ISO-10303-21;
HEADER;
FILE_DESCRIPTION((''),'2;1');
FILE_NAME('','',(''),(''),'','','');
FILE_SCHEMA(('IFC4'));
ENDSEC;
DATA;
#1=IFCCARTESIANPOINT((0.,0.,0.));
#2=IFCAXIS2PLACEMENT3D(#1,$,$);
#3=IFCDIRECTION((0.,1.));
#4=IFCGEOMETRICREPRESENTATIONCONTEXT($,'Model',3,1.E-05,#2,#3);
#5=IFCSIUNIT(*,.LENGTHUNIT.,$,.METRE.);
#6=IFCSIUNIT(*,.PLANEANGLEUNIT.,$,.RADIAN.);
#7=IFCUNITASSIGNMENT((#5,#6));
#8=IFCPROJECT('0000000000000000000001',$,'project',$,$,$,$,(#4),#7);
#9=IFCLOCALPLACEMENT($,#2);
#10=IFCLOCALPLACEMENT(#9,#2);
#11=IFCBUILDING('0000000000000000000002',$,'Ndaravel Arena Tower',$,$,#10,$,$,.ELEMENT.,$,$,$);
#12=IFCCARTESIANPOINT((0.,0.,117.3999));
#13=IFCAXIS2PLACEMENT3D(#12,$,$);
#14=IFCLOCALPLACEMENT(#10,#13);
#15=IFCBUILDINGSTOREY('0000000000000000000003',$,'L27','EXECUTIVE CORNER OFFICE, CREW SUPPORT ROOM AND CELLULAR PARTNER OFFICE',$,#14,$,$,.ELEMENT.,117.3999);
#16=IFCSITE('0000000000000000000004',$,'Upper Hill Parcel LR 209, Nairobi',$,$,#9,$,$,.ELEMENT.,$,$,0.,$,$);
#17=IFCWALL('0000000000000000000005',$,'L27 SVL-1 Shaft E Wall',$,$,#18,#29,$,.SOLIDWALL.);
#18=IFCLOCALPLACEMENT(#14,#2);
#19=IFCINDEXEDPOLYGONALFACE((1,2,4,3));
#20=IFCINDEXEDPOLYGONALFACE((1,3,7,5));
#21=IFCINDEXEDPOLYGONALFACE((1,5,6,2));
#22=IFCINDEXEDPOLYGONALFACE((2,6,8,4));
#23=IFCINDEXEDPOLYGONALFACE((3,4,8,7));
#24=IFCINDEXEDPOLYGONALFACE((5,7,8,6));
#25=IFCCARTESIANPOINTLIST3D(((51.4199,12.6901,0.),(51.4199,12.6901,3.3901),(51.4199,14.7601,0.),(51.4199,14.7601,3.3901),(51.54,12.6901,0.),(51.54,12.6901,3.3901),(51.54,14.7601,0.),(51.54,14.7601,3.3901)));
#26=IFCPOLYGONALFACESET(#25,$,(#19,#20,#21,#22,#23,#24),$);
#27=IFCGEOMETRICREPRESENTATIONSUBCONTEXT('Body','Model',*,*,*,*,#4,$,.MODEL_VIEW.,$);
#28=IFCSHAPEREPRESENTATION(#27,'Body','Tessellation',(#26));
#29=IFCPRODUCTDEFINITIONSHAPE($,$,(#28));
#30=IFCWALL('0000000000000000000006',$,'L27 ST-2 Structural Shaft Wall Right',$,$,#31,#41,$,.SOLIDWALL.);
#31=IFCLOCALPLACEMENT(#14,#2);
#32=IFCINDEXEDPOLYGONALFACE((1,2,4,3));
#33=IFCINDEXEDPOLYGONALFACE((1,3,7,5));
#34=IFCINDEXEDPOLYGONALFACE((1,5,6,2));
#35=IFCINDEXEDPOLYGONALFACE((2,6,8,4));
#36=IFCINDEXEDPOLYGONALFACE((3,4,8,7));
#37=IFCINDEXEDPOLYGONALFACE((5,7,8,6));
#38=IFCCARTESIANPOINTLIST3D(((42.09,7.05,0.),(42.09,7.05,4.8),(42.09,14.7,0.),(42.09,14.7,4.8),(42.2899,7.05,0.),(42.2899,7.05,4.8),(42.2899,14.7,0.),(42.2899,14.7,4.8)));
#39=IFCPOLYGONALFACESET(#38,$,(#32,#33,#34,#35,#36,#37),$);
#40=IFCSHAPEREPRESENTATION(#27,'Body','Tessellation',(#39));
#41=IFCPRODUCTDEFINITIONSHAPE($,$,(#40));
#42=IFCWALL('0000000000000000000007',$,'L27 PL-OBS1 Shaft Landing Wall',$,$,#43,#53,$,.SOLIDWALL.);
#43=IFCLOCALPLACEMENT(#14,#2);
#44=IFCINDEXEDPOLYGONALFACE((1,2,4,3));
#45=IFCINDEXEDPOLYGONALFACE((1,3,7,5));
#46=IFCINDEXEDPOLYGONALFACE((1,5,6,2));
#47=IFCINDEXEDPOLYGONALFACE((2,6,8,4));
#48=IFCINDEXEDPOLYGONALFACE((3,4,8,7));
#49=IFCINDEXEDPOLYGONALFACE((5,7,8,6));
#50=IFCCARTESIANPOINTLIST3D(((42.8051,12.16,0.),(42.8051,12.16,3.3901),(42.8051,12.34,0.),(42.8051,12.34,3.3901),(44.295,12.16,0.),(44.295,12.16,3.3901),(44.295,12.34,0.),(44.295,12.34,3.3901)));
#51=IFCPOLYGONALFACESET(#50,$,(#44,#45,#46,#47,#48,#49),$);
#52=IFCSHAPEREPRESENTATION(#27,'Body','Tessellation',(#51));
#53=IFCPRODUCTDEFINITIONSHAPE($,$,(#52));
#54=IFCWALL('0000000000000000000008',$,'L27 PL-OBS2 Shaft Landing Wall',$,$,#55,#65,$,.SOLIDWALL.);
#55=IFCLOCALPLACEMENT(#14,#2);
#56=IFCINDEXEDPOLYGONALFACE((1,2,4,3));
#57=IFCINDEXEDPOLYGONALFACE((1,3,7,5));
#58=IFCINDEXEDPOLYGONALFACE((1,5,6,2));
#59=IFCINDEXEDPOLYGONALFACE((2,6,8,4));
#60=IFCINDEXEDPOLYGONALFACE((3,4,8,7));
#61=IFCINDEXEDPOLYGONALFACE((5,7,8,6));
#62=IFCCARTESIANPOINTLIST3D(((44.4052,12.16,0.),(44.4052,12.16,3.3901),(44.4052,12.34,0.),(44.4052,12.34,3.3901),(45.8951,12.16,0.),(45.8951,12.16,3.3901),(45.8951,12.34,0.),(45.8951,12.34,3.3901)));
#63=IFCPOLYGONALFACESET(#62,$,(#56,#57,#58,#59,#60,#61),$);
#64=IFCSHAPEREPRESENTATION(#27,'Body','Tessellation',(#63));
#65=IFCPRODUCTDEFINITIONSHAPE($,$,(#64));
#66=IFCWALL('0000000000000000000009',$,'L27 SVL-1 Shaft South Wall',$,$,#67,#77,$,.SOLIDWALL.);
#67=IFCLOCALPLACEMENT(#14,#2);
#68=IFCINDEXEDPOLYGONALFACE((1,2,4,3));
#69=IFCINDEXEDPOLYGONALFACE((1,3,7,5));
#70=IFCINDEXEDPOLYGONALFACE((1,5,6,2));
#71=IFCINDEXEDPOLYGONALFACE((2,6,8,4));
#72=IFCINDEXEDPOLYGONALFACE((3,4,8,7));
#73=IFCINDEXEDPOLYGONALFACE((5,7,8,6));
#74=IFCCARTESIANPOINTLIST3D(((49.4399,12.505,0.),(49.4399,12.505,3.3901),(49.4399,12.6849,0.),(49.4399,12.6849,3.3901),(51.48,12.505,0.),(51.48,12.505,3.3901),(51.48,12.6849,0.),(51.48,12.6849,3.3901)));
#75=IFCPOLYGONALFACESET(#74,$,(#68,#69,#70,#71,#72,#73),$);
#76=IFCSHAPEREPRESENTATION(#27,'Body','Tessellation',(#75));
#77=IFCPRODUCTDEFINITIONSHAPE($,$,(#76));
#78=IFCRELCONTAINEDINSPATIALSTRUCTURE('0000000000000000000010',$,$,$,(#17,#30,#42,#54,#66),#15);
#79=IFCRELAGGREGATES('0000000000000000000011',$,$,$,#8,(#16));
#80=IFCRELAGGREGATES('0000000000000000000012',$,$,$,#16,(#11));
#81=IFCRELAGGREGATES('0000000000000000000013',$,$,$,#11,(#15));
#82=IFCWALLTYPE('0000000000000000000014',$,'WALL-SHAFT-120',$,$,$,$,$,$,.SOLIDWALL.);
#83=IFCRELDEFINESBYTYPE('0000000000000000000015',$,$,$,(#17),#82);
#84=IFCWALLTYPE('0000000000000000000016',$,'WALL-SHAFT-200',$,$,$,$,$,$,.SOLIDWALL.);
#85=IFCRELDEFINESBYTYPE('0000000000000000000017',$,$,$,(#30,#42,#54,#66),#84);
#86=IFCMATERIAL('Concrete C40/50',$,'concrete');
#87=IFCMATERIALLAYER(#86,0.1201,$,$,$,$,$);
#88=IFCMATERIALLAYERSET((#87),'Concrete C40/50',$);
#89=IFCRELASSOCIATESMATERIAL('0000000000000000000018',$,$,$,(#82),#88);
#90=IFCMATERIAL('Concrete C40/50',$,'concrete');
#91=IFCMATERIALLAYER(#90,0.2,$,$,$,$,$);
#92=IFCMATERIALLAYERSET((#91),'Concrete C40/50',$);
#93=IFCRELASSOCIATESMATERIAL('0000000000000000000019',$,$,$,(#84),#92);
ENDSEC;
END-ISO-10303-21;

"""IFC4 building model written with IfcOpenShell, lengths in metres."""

from ifc_helpers import new_model, si_unit, direction, frame, frame_2d, origin, place, context, subcontext, project, spatial, rectangle, extrude, material, layer, layer_set, type_object, element, save


model = new_model("IFC4")

# Units and contexts
model_context = context("Model", 3, precision=1e-05, world=origin(), true_north=direction((0.0, 1.0)))
body_context = subcontext(model_context, "Body", "Model", "MODEL_VIEW")
ifc_project = project(units=[si_unit("LENGTHUNIT", "METRE"), si_unit("PLANEANGLEUNIT", "RADIAN")], contexts=[model_context])

# Site, building, storey
site_placement = place(None, origin())
site = spatial("IfcSite", under=ifc_project, at=site_placement, Name="Upper Hill Parcel LR 209, Nairobi", CompositionType="ELEMENT", RefElevation=0.0)
building_placement = place(site_placement, origin())
building = spatial("IfcBuilding", under=site, at=building_placement, Name="Ndaravel Arena Tower", CompositionType="ELEMENT")
storey_placement = place(building_placement, frame((0.0, 0.0, 117.3999)))
storey = spatial("IfcBuildingStorey", under=building, at=storey_placement, Name="L27", Description="EXECUTIVE CORNER OFFICE, CREW SUPPORT ROOM AND CELLULAR PARTNER OFFICE", CompositionType="ELEMENT", Elevation=117.3999)

# Walls
ifc_material_1 = material(Name="Concrete C40/50", Category="concrete")
ifc_layer_1 = layer(ifc_material_1, 0.1201)
ifc_layer_set_1 = layer_set([ifc_layer_1], Name="Concrete C40/50")
wall_type_1 = type_object("IfcWallType", Name="WALL-SHAFT-120", PredefinedType="SOLIDWALL", material=ifc_layer_set_1)
for number, where, z_axis, x_axis, name in (
    (1, (51.48, 12.6899, 0.0), (0.0, 0.0, 1.0), (0.0, 1.0, 0.0), "L27 SVL-1 Shaft E Wall"),
):
    element("IfcWall", number, at=place(storey_placement, frame(where, z_axis=z_axis, x_axis=x_axis)), inside=storey, type_object=wall_type_1, Name=name, PredefinedType="SOLIDWALL", context=body_context, shape_type="SweptSolid", body=[
        extrude(rectangle(XDim=2.0701, YDim=0.1201, at=frame_2d((1.0352, 0.0))), origin(), (0.0, 0.0, 1.0), 3.3901),
    ])
ifc_material_2 = material(Name="Concrete C40/50", Category="concrete")
ifc_layer_2 = layer(ifc_material_2, 0.2)
ifc_layer_set_2 = layer_set([ifc_layer_2], Name="Concrete C40/50")
wall_type_2 = type_object("IfcWallType", Name="WALL-SHAFT-200", PredefinedType="SOLIDWALL", material=ifc_layer_set_2)
wall_1_placement = place(storey_placement, frame((42.1899, 14.7, 0.0), z_axis=(0.0, 0.0, 1.0), x_axis=(0.0, -1.0, 0.0)))
element("IfcWall", 2, at=wall_1_placement, inside=storey, type_object=wall_type_2, Name="L27 ST-2 Structural Shaft Wall Right", PredefinedType="SOLIDWALL", context=body_context, shape_type="SweptSolid", body=[
    extrude(rectangle(XDim=7.6499, YDim=0.2, at=frame_2d((3.825, 0.0))), origin(), (0.0, 0.0, 1.0), 4.8),
])

# Walls
for number, where, z_axis, x_axis, name in (
    (3, (42.8049, 12.25, 0.0), (0.0, 0.0, 1.0), (1.0, 0.0, 0.0), "L27 PL-OBS1 Shaft Landing Wall"),
    (4, (44.405, 12.25, 0.0), (0.0, 0.0, 1.0), (1.0, 0.0, 0.0), "L27 PL-OBS2 Shaft Landing Wall"),
):
    element("IfcWall", number, at=place(storey_placement, frame(where, z_axis=z_axis, x_axis=x_axis)), inside=storey, type_object=wall_type_2, Name=name, PredefinedType="SOLIDWALL", context=body_context, shape_type="SweptSolid", body=[
        extrude(rectangle(XDim=1.49, YDim=0.1799, at=frame_2d((0.7451, 0.0))), origin(), (0.0, 0.0, 1.0), 3.3901),
    ])

# Wall
wall_2_placement = place(storey_placement, frame((49.4399, 12.595, 0.0), z_axis=(0.0, 0.0, 1.0), x_axis=(1.0, 0.0, 0.0)))
element("IfcWall", 5, at=wall_2_placement, inside=storey, type_object=wall_type_2, Name="L27 SVL-1 Shaft South Wall", PredefinedType="SOLIDWALL", context=body_context, shape_type="SweptSolid", body=[
    extrude(rectangle(XDim=2.04, YDim=0.1799, at=frame_2d((1.02, 0.0))), origin(), (0.0, 0.0, 1.0), 3.3901),
])

save(model, "model.ifc")
